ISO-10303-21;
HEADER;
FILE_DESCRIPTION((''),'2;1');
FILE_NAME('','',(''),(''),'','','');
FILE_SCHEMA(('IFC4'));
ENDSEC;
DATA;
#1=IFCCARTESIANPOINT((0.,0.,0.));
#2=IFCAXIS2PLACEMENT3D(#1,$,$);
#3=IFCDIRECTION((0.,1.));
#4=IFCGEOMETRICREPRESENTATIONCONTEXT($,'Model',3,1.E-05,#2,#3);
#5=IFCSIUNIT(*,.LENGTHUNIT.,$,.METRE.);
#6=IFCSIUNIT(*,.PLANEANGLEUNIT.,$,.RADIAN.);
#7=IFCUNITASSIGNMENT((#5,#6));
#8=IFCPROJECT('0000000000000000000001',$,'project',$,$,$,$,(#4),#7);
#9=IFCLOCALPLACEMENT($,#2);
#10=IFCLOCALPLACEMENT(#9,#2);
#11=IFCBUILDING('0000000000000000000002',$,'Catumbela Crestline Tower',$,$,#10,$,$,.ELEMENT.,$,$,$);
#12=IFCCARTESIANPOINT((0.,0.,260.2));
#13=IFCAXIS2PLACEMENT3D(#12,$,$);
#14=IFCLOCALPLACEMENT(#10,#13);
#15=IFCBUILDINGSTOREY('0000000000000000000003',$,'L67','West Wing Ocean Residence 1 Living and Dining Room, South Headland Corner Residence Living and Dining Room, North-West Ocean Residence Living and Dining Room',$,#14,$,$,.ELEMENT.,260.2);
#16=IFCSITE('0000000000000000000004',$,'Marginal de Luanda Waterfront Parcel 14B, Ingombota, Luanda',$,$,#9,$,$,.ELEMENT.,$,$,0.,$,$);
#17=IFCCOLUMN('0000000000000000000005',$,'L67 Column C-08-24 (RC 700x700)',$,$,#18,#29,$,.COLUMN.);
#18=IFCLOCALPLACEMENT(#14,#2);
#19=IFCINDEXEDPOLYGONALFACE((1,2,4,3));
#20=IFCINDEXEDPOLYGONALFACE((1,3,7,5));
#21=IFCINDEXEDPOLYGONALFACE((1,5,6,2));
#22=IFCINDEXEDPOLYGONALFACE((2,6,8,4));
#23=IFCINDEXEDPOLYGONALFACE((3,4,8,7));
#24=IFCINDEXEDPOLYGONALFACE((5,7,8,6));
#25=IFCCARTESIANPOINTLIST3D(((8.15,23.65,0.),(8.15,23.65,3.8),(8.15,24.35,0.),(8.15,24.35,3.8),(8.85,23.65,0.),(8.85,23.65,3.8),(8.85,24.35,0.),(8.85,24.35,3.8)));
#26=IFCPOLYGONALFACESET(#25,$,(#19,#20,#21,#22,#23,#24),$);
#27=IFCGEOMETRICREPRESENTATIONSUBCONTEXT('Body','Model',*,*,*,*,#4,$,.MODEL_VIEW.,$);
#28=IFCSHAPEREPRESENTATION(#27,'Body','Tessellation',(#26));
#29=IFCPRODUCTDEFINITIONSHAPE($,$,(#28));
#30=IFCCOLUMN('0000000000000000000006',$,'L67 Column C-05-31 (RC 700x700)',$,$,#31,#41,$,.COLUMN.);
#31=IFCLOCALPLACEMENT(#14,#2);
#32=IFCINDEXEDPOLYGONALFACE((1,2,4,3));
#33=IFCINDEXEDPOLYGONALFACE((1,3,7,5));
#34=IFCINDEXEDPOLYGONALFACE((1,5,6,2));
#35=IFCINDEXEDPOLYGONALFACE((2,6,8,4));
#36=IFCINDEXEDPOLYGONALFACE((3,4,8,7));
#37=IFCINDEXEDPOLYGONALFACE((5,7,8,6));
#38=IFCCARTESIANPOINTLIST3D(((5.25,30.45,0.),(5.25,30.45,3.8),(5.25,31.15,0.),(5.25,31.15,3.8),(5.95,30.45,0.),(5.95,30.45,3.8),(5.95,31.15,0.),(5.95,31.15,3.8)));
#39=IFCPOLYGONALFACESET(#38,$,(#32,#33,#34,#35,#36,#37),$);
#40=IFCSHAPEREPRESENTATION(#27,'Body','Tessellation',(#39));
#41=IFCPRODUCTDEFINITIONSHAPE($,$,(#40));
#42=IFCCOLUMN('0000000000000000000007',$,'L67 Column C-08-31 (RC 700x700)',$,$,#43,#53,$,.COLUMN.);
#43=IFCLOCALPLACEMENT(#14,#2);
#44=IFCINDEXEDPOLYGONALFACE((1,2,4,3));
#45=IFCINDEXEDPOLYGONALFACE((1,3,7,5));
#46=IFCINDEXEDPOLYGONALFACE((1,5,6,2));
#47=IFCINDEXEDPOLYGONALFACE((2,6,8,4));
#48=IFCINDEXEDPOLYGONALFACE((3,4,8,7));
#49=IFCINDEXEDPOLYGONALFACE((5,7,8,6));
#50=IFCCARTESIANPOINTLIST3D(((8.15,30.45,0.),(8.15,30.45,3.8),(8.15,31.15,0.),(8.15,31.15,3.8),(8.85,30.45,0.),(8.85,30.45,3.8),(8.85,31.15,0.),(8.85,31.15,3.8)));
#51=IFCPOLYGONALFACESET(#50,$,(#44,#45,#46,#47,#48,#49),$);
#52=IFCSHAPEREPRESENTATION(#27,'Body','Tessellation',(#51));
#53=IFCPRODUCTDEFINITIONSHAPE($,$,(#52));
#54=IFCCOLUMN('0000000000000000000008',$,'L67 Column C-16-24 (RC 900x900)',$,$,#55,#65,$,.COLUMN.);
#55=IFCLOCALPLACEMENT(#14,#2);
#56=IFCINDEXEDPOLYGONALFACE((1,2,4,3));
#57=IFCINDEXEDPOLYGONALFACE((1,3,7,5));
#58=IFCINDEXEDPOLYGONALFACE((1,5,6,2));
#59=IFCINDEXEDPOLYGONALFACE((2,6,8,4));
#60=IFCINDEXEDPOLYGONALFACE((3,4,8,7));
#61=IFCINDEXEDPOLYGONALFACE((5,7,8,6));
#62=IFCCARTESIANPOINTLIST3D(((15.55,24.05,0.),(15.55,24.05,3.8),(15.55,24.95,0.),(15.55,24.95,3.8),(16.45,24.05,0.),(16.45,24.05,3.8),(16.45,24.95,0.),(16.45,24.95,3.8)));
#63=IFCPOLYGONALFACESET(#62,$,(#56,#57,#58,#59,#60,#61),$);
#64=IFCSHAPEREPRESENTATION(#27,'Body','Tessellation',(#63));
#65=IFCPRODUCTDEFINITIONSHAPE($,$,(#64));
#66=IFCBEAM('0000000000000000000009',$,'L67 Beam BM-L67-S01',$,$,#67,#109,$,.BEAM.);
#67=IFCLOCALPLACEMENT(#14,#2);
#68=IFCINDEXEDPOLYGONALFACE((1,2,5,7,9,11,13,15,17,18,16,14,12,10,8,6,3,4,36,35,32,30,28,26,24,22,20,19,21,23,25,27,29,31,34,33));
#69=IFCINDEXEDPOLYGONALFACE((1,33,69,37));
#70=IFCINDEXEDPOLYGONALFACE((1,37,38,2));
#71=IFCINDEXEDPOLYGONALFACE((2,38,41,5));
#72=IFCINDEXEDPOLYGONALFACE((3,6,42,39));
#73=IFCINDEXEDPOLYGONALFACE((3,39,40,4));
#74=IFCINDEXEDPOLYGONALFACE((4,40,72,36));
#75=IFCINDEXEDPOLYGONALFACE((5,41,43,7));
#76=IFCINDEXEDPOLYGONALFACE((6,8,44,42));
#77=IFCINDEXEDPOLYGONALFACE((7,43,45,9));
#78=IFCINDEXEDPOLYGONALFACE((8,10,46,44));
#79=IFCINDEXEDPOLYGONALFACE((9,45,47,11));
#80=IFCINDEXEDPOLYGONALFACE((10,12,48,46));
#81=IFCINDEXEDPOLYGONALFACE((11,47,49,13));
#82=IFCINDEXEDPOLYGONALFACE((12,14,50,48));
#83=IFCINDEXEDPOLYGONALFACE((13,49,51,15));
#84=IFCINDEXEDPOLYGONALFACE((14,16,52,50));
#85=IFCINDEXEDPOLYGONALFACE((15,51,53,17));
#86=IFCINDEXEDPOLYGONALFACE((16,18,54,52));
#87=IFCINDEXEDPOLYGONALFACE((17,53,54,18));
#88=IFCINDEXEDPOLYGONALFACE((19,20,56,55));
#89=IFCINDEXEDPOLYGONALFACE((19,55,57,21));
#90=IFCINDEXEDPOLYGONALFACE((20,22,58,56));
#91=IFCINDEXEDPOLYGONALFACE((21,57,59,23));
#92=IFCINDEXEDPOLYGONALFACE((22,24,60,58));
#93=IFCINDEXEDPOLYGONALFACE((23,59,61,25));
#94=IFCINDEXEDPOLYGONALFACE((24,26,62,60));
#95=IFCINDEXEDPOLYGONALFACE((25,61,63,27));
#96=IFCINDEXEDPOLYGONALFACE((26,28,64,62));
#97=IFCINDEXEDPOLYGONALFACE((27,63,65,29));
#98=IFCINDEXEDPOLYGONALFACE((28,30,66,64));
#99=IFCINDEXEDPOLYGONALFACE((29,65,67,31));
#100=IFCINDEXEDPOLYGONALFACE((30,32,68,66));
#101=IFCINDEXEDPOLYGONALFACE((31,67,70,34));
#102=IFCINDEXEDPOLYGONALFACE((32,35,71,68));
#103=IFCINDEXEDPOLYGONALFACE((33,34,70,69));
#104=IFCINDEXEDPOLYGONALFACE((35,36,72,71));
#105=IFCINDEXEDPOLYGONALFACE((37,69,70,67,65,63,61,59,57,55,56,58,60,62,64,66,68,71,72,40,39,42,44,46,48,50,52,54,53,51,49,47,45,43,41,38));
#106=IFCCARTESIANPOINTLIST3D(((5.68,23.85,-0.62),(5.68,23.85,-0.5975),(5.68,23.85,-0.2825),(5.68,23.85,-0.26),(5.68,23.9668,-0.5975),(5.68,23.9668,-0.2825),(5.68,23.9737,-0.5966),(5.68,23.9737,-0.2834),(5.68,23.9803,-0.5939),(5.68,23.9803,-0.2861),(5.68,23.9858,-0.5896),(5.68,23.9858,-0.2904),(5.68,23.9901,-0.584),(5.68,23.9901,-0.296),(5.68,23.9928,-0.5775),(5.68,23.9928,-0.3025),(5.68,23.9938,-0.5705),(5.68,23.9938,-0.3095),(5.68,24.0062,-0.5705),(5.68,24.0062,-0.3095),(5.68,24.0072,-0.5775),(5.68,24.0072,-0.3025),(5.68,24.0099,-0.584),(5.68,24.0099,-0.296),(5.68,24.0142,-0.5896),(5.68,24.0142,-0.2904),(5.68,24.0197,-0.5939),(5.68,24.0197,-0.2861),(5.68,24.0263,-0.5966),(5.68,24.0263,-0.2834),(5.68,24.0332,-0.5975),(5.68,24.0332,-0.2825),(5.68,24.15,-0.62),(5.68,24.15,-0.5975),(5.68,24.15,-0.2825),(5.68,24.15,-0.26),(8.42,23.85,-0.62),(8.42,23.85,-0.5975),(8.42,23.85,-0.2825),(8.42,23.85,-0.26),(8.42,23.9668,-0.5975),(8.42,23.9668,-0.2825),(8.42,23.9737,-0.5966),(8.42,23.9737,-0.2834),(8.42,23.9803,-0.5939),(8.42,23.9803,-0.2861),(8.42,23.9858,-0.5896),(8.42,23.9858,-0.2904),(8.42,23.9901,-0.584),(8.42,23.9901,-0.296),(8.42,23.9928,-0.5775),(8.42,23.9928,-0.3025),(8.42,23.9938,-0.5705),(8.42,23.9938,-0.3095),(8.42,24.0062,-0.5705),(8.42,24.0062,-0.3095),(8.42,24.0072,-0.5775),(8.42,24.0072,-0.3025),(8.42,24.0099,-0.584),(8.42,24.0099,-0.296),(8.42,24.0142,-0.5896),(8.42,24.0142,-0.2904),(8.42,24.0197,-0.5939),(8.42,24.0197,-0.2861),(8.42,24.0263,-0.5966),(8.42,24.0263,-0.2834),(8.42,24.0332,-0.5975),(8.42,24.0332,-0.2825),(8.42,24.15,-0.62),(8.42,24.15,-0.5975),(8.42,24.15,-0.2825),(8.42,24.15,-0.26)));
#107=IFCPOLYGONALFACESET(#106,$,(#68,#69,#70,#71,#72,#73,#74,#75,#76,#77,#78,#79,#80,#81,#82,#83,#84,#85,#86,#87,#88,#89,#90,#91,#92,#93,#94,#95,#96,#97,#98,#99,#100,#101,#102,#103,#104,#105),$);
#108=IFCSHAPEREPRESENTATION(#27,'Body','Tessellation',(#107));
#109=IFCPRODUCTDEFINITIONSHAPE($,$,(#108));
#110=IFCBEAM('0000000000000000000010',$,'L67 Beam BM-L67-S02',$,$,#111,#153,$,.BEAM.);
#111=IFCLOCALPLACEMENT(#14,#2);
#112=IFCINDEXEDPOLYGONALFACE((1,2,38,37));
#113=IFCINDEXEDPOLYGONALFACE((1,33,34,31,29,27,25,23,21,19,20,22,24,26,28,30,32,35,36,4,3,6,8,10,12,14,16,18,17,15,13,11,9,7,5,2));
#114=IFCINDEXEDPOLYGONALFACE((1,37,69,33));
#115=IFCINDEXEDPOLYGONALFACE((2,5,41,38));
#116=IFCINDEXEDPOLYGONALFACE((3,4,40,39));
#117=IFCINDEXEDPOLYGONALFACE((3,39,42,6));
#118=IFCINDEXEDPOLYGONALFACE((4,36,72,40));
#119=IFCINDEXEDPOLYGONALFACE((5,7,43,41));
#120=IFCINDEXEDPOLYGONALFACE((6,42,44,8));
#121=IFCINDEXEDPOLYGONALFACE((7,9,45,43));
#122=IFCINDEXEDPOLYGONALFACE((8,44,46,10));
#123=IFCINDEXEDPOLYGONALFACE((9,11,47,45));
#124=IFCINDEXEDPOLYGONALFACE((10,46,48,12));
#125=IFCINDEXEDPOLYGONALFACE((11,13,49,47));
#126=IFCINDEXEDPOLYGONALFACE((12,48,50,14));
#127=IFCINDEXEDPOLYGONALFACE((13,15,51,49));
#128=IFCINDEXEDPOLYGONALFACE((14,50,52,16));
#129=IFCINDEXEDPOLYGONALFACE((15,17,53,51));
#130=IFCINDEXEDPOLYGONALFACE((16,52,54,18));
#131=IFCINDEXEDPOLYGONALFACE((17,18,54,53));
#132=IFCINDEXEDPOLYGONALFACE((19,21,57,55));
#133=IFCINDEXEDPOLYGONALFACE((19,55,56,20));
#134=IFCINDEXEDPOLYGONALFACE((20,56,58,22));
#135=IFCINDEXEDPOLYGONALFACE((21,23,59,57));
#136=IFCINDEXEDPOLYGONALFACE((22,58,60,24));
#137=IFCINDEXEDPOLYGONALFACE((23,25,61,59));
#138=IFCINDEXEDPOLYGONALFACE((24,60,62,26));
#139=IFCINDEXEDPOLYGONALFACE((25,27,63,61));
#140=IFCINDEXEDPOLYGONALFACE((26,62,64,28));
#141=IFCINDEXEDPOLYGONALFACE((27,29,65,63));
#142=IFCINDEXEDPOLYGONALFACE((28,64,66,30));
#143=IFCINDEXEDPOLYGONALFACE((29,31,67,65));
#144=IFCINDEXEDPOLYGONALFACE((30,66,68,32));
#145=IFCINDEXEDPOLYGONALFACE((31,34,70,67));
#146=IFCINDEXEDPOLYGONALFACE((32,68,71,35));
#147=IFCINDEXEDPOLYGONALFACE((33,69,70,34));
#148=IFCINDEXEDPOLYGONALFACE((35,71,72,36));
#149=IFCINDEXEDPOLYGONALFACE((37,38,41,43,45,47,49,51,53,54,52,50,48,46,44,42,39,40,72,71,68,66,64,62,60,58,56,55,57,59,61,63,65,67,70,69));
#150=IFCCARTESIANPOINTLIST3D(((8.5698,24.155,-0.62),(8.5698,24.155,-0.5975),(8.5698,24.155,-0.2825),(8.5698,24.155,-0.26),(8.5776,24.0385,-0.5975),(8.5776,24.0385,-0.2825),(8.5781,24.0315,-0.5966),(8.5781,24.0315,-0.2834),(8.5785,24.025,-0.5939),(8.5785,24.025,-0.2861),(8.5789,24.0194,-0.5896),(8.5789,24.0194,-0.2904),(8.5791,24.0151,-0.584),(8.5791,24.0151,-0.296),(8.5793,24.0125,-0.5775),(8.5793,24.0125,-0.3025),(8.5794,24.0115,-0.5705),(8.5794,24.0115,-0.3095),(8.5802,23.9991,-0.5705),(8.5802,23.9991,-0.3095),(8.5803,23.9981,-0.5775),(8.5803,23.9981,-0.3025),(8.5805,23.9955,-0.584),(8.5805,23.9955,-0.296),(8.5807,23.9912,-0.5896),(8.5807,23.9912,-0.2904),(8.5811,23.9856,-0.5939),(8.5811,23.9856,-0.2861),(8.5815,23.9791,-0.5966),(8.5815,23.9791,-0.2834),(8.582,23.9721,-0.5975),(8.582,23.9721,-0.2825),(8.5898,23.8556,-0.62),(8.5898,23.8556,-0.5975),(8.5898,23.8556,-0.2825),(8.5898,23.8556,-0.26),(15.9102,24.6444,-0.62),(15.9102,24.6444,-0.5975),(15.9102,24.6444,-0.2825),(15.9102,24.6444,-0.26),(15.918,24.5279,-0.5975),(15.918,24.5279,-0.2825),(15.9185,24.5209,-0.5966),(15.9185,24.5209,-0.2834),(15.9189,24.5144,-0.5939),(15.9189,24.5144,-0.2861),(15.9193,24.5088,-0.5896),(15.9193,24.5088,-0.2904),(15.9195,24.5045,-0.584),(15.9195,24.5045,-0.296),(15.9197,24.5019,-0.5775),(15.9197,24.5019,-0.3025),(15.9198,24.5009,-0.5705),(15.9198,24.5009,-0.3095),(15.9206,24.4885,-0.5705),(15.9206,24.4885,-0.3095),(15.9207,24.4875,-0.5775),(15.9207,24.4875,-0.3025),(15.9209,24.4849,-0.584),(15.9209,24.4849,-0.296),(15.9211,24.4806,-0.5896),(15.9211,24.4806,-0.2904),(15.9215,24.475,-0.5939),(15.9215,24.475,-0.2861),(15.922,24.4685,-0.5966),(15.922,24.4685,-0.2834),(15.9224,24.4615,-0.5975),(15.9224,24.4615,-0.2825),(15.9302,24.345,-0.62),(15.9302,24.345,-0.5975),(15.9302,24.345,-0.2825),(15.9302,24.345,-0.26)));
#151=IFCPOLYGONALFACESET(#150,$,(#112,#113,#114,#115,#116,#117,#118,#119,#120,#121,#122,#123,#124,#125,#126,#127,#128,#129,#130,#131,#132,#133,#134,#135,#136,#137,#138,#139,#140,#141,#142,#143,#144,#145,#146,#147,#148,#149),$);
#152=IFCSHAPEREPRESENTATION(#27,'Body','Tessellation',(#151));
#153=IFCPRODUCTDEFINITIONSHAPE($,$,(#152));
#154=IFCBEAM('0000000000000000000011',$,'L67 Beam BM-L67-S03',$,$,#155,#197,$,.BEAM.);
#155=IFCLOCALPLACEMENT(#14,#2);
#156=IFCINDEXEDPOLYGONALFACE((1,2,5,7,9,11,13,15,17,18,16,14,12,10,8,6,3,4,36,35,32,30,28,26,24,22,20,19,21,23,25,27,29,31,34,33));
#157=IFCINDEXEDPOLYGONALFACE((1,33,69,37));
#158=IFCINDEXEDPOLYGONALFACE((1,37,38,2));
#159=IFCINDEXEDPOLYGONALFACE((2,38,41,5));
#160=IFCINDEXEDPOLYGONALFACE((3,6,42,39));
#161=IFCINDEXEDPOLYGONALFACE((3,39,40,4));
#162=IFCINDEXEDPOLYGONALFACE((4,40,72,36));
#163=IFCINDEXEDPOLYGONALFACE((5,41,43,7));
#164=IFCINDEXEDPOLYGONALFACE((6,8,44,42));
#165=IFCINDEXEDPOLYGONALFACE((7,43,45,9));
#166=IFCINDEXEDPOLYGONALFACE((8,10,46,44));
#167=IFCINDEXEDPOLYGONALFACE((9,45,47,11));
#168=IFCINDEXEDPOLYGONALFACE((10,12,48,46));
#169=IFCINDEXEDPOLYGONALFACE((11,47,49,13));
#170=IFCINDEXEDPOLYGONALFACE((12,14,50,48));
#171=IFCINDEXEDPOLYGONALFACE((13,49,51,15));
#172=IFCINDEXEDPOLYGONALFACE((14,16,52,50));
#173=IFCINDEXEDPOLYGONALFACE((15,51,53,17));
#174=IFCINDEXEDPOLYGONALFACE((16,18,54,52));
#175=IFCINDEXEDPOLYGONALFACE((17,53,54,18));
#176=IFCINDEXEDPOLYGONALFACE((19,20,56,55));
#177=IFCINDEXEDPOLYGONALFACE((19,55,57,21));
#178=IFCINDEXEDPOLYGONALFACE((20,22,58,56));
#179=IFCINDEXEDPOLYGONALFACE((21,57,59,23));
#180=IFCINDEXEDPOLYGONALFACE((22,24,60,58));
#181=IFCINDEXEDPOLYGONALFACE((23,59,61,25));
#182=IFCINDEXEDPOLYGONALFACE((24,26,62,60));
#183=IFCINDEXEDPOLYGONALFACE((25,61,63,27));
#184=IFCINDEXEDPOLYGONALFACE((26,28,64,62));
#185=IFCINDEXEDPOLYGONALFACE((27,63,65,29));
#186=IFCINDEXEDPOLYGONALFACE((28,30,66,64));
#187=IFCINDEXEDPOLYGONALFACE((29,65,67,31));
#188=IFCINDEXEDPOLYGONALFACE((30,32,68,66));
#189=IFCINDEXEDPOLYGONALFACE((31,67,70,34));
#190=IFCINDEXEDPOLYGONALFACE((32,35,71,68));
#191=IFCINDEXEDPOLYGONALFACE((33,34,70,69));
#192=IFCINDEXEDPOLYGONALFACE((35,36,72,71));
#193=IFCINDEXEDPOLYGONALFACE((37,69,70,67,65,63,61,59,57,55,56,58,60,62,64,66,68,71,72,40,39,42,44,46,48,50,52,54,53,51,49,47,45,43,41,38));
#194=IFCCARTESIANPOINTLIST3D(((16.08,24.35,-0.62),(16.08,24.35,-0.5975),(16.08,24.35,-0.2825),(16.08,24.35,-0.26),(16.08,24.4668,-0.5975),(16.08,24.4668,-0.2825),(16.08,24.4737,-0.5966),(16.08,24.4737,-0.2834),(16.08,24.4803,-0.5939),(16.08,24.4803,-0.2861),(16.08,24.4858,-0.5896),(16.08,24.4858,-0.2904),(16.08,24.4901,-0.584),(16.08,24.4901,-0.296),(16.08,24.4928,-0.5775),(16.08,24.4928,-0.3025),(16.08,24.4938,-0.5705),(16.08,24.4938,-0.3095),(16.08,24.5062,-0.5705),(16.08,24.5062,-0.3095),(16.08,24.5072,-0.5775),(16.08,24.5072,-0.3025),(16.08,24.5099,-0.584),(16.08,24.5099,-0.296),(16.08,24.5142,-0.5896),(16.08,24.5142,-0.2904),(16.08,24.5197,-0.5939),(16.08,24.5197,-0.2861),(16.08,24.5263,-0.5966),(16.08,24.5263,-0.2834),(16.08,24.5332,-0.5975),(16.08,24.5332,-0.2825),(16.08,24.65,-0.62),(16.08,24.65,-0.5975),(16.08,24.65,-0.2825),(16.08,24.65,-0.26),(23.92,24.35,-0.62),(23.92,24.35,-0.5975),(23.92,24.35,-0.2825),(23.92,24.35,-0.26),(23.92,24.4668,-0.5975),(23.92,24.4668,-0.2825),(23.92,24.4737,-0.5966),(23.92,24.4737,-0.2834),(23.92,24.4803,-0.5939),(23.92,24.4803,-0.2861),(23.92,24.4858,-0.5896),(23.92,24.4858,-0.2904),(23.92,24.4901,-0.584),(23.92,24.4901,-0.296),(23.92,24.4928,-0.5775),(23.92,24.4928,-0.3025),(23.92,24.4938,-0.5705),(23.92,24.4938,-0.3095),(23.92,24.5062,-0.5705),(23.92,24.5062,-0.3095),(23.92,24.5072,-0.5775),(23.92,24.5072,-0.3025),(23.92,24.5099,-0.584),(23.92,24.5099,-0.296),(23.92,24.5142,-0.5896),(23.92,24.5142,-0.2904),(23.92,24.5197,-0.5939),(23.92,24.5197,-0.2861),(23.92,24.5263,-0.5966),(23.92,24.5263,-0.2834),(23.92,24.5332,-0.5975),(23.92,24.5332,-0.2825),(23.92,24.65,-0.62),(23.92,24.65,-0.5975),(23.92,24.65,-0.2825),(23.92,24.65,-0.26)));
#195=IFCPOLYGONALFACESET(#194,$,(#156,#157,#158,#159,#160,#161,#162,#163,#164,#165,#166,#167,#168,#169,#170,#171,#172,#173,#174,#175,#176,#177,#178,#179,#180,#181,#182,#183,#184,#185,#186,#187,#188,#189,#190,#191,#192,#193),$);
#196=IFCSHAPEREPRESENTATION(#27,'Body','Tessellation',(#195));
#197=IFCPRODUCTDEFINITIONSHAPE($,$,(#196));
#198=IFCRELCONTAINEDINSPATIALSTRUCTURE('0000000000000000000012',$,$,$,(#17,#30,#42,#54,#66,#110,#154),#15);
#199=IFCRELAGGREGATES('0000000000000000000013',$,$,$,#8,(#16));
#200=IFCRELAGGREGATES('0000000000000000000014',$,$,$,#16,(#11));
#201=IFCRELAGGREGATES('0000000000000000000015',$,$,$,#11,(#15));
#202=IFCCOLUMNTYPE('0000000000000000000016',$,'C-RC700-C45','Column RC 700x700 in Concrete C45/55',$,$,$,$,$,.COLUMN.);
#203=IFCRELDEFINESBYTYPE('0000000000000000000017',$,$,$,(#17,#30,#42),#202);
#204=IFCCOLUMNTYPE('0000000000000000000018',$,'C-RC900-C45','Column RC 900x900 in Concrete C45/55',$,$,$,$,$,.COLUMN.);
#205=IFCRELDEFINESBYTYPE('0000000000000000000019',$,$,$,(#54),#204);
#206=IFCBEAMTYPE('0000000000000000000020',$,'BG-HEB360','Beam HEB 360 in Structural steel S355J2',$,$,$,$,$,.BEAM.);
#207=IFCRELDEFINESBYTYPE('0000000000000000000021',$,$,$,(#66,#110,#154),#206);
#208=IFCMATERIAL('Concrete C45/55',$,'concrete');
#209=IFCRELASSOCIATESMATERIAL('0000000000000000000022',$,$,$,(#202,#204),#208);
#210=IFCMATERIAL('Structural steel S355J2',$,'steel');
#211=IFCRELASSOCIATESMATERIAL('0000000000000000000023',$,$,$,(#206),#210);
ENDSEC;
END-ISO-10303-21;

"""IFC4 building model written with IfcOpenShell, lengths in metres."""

from ifc_helpers import new_model, si_unit, direction, frame, origin, origin_2d, place, context, subcontext, project, spatial, rectangle, i_section, extrude, material, material_profile, profile_set, type_object, element, save


model = new_model("IFC4")

# Units and contexts
model_context = context("Model", 3, precision=1e-05, world=origin(), true_north=direction((0.0, 1.0)))
body_context = subcontext(model_context, "Body", "Model", "MODEL_VIEW")
ifc_project = project(units=[si_unit("LENGTHUNIT", "METRE"), si_unit("PLANEANGLEUNIT", "RADIAN")], contexts=[model_context])

# Site, building, storey
site_placement = place(None, origin())
site = spatial("IfcSite", under=ifc_project, at=site_placement, Name="Marginal de Luanda Waterfront Parcel 14B, Ingombota, Luanda", CompositionType="ELEMENT", RefElevation=0.0)
building_placement = place(site_placement, origin())
building = spatial("IfcBuilding", under=site, at=building_placement, Name="Catumbela Crestline Tower", CompositionType="ELEMENT")
storey_placement = place(building_placement, frame((0.0, 0.0, 260.2)))
storey = spatial("IfcBuildingStorey", under=building, at=storey_placement, Name="L67", Description="West Wing Ocean Residence 1 Living and Dining Room, South Headland Corner Residence Living and Dining Room, North-West Ocean Residence Living and Dining Room", CompositionType="ELEMENT", Elevation=260.2)

# Columns
ifc_material_1 = material(Name="Concrete C45/55", Category="concrete")
ifc_material_profile_1 = material_profile(ifc_material_1, rectangle(XDim=0.7, YDim=0.7, at=origin_2d()), Name="RC 700x700")
ifc_profile_set_1 = profile_set([ifc_material_profile_1], Name="Concrete C45/55")
column_type_1 = type_object("IfcColumnType", Name="C-RC700-C45", Description="Column RC 700x700 in Concrete C45/55", PredefinedType="COLUMN", material=ifc_profile_set_1)
for number, where, z_axis, x_axis, name in (
    (1, (8.5, 24.0, 0.0), (0.0, 0.0, 1.0), (1.0, 0.0, 0.0), "L67 Column C-08-24 (RC 700x700)"),
    (2, (5.6, 30.8, 0.0), (0.0, 0.0, 1.0), (1.0, 0.0, 0.0), "L67 Column C-05-31 (RC 700x700)"),
    (3, (8.5, 30.8, 0.0), (0.0, 0.0, 1.0), (1.0, 0.0, 0.0), "L67 Column C-08-31 (RC 700x700)"),
):
    element("IfcColumn", number, at=place(storey_placement, frame(where, z_axis=z_axis, x_axis=x_axis)), inside=storey, type_object=column_type_1, Name=name, PredefinedType="COLUMN", context=body_context, shape_type="SweptSolid", body=[
        extrude(rectangle(XDim=0.7, YDim=0.7, at=origin_2d()), origin(), (0.0, 0.0, 1.0), 3.8),
    ])
ifc_material_profile_2 = material_profile(ifc_material_1, rectangle(XDim=0.9, YDim=0.9, at=origin_2d()), Name="RC 900x900")
ifc_profile_set_2 = profile_set([ifc_material_profile_2], Name="Concrete C45/55")
column_type_2 = type_object("IfcColumnType", Name="C-RC900-C45", Description="Column RC 900x900 in Concrete C45/55", PredefinedType="COLUMN", material=ifc_profile_set_2)
column_placement = place(storey_placement, frame((16.0, 24.5, 0.0), z_axis=(0.0, 0.0, 1.0), x_axis=(1.0, 0.0, 0.0)))
element("IfcColumn", 4, at=column_placement, inside=storey, type_object=column_type_2, Name="L67 Column C-16-24 (RC 900x900)", PredefinedType="COLUMN", context=body_context, shape_type="SweptSolid", body=[
    extrude(rectangle(XDim=0.9, YDim=0.9, at=origin_2d()), origin(), (0.0, 0.0, 1.0), 3.8),
])

# Beams
ifc_material_2 = material(Name="Structural steel S355J2", Category="steel")
ifc_material_profile_3 = material_profile(ifc_material_2, i_section(OverallWidth=0.3, OverallDepth=0.36, WebThickness=0.0125, FlangeThickness=0.0225, FilletRadius=0.027, at=origin_2d()), Name="HEB 360")
ifc_profile_set_3 = profile_set([ifc_material_profile_3], Name="Structural steel S355J2")
beam_type_1 = type_object("IfcBeamType", Name="BG-HEB360", Description="Beam HEB 360 in Structural steel S355J2", PredefinedType="BEAM", material=ifc_profile_set_3)
beam_1_placement = place(storey_placement, frame((5.68, 24.0, -0.44), z_axis=(1.0, 0.0, 0.0), x_axis=(0.0, 1.0, 0.0)))
element("IfcBeam", 5, at=beam_1_placement, inside=storey, type_object=beam_type_1, Name="L67 Beam BM-L67-S01", PredefinedType="BEAM", context=body_context, shape_type="SweptSolid", body=[
    extrude(i_section(OverallWidth=0.3, OverallDepth=0.36, WebThickness=0.0125, FlangeThickness=0.0225, FilletRadius=0.027, at=origin_2d()), origin(), (0.0, 0.0, 1.0), 2.74),
])
beam_2_placement = place(storey_placement, frame((8.5798, 24.0053, -0.44), z_axis=(0.997785, 0.066524, 0.0), x_axis=(-0.066524, 0.997785, 0.0)))
element("IfcBeam", 6, at=beam_2_placement, inside=storey, type_object=beam_type_1, Name="L67 Beam BM-L67-S02", PredefinedType="BEAM", context=body_context, shape_type="SweptSolid", body=[
    extrude(i_section(OverallWidth=0.3, OverallDepth=0.36, WebThickness=0.0125, FlangeThickness=0.0225, FilletRadius=0.027, at=origin_2d()), origin(), (0.0, 0.0, 1.0), 7.3567),
])
beam_3_placement = place(storey_placement, frame((16.08, 24.5, -0.44), z_axis=(1.0, 0.0, 0.0), x_axis=(0.0, 1.0, 0.0)))
element("IfcBeam", 7, at=beam_3_placement, inside=storey, type_object=beam_type_1, Name="L67 Beam BM-L67-S03", PredefinedType="BEAM", context=body_context, shape_type="SweptSolid", body=[
    extrude(i_section(OverallWidth=0.3, OverallDepth=0.36, WebThickness=0.0125, FlangeThickness=0.0225, FilletRadius=0.027, at=origin_2d()), origin(), (0.0, 0.0, 1.0), 7.84),
])

save(model, "model.ifc")
